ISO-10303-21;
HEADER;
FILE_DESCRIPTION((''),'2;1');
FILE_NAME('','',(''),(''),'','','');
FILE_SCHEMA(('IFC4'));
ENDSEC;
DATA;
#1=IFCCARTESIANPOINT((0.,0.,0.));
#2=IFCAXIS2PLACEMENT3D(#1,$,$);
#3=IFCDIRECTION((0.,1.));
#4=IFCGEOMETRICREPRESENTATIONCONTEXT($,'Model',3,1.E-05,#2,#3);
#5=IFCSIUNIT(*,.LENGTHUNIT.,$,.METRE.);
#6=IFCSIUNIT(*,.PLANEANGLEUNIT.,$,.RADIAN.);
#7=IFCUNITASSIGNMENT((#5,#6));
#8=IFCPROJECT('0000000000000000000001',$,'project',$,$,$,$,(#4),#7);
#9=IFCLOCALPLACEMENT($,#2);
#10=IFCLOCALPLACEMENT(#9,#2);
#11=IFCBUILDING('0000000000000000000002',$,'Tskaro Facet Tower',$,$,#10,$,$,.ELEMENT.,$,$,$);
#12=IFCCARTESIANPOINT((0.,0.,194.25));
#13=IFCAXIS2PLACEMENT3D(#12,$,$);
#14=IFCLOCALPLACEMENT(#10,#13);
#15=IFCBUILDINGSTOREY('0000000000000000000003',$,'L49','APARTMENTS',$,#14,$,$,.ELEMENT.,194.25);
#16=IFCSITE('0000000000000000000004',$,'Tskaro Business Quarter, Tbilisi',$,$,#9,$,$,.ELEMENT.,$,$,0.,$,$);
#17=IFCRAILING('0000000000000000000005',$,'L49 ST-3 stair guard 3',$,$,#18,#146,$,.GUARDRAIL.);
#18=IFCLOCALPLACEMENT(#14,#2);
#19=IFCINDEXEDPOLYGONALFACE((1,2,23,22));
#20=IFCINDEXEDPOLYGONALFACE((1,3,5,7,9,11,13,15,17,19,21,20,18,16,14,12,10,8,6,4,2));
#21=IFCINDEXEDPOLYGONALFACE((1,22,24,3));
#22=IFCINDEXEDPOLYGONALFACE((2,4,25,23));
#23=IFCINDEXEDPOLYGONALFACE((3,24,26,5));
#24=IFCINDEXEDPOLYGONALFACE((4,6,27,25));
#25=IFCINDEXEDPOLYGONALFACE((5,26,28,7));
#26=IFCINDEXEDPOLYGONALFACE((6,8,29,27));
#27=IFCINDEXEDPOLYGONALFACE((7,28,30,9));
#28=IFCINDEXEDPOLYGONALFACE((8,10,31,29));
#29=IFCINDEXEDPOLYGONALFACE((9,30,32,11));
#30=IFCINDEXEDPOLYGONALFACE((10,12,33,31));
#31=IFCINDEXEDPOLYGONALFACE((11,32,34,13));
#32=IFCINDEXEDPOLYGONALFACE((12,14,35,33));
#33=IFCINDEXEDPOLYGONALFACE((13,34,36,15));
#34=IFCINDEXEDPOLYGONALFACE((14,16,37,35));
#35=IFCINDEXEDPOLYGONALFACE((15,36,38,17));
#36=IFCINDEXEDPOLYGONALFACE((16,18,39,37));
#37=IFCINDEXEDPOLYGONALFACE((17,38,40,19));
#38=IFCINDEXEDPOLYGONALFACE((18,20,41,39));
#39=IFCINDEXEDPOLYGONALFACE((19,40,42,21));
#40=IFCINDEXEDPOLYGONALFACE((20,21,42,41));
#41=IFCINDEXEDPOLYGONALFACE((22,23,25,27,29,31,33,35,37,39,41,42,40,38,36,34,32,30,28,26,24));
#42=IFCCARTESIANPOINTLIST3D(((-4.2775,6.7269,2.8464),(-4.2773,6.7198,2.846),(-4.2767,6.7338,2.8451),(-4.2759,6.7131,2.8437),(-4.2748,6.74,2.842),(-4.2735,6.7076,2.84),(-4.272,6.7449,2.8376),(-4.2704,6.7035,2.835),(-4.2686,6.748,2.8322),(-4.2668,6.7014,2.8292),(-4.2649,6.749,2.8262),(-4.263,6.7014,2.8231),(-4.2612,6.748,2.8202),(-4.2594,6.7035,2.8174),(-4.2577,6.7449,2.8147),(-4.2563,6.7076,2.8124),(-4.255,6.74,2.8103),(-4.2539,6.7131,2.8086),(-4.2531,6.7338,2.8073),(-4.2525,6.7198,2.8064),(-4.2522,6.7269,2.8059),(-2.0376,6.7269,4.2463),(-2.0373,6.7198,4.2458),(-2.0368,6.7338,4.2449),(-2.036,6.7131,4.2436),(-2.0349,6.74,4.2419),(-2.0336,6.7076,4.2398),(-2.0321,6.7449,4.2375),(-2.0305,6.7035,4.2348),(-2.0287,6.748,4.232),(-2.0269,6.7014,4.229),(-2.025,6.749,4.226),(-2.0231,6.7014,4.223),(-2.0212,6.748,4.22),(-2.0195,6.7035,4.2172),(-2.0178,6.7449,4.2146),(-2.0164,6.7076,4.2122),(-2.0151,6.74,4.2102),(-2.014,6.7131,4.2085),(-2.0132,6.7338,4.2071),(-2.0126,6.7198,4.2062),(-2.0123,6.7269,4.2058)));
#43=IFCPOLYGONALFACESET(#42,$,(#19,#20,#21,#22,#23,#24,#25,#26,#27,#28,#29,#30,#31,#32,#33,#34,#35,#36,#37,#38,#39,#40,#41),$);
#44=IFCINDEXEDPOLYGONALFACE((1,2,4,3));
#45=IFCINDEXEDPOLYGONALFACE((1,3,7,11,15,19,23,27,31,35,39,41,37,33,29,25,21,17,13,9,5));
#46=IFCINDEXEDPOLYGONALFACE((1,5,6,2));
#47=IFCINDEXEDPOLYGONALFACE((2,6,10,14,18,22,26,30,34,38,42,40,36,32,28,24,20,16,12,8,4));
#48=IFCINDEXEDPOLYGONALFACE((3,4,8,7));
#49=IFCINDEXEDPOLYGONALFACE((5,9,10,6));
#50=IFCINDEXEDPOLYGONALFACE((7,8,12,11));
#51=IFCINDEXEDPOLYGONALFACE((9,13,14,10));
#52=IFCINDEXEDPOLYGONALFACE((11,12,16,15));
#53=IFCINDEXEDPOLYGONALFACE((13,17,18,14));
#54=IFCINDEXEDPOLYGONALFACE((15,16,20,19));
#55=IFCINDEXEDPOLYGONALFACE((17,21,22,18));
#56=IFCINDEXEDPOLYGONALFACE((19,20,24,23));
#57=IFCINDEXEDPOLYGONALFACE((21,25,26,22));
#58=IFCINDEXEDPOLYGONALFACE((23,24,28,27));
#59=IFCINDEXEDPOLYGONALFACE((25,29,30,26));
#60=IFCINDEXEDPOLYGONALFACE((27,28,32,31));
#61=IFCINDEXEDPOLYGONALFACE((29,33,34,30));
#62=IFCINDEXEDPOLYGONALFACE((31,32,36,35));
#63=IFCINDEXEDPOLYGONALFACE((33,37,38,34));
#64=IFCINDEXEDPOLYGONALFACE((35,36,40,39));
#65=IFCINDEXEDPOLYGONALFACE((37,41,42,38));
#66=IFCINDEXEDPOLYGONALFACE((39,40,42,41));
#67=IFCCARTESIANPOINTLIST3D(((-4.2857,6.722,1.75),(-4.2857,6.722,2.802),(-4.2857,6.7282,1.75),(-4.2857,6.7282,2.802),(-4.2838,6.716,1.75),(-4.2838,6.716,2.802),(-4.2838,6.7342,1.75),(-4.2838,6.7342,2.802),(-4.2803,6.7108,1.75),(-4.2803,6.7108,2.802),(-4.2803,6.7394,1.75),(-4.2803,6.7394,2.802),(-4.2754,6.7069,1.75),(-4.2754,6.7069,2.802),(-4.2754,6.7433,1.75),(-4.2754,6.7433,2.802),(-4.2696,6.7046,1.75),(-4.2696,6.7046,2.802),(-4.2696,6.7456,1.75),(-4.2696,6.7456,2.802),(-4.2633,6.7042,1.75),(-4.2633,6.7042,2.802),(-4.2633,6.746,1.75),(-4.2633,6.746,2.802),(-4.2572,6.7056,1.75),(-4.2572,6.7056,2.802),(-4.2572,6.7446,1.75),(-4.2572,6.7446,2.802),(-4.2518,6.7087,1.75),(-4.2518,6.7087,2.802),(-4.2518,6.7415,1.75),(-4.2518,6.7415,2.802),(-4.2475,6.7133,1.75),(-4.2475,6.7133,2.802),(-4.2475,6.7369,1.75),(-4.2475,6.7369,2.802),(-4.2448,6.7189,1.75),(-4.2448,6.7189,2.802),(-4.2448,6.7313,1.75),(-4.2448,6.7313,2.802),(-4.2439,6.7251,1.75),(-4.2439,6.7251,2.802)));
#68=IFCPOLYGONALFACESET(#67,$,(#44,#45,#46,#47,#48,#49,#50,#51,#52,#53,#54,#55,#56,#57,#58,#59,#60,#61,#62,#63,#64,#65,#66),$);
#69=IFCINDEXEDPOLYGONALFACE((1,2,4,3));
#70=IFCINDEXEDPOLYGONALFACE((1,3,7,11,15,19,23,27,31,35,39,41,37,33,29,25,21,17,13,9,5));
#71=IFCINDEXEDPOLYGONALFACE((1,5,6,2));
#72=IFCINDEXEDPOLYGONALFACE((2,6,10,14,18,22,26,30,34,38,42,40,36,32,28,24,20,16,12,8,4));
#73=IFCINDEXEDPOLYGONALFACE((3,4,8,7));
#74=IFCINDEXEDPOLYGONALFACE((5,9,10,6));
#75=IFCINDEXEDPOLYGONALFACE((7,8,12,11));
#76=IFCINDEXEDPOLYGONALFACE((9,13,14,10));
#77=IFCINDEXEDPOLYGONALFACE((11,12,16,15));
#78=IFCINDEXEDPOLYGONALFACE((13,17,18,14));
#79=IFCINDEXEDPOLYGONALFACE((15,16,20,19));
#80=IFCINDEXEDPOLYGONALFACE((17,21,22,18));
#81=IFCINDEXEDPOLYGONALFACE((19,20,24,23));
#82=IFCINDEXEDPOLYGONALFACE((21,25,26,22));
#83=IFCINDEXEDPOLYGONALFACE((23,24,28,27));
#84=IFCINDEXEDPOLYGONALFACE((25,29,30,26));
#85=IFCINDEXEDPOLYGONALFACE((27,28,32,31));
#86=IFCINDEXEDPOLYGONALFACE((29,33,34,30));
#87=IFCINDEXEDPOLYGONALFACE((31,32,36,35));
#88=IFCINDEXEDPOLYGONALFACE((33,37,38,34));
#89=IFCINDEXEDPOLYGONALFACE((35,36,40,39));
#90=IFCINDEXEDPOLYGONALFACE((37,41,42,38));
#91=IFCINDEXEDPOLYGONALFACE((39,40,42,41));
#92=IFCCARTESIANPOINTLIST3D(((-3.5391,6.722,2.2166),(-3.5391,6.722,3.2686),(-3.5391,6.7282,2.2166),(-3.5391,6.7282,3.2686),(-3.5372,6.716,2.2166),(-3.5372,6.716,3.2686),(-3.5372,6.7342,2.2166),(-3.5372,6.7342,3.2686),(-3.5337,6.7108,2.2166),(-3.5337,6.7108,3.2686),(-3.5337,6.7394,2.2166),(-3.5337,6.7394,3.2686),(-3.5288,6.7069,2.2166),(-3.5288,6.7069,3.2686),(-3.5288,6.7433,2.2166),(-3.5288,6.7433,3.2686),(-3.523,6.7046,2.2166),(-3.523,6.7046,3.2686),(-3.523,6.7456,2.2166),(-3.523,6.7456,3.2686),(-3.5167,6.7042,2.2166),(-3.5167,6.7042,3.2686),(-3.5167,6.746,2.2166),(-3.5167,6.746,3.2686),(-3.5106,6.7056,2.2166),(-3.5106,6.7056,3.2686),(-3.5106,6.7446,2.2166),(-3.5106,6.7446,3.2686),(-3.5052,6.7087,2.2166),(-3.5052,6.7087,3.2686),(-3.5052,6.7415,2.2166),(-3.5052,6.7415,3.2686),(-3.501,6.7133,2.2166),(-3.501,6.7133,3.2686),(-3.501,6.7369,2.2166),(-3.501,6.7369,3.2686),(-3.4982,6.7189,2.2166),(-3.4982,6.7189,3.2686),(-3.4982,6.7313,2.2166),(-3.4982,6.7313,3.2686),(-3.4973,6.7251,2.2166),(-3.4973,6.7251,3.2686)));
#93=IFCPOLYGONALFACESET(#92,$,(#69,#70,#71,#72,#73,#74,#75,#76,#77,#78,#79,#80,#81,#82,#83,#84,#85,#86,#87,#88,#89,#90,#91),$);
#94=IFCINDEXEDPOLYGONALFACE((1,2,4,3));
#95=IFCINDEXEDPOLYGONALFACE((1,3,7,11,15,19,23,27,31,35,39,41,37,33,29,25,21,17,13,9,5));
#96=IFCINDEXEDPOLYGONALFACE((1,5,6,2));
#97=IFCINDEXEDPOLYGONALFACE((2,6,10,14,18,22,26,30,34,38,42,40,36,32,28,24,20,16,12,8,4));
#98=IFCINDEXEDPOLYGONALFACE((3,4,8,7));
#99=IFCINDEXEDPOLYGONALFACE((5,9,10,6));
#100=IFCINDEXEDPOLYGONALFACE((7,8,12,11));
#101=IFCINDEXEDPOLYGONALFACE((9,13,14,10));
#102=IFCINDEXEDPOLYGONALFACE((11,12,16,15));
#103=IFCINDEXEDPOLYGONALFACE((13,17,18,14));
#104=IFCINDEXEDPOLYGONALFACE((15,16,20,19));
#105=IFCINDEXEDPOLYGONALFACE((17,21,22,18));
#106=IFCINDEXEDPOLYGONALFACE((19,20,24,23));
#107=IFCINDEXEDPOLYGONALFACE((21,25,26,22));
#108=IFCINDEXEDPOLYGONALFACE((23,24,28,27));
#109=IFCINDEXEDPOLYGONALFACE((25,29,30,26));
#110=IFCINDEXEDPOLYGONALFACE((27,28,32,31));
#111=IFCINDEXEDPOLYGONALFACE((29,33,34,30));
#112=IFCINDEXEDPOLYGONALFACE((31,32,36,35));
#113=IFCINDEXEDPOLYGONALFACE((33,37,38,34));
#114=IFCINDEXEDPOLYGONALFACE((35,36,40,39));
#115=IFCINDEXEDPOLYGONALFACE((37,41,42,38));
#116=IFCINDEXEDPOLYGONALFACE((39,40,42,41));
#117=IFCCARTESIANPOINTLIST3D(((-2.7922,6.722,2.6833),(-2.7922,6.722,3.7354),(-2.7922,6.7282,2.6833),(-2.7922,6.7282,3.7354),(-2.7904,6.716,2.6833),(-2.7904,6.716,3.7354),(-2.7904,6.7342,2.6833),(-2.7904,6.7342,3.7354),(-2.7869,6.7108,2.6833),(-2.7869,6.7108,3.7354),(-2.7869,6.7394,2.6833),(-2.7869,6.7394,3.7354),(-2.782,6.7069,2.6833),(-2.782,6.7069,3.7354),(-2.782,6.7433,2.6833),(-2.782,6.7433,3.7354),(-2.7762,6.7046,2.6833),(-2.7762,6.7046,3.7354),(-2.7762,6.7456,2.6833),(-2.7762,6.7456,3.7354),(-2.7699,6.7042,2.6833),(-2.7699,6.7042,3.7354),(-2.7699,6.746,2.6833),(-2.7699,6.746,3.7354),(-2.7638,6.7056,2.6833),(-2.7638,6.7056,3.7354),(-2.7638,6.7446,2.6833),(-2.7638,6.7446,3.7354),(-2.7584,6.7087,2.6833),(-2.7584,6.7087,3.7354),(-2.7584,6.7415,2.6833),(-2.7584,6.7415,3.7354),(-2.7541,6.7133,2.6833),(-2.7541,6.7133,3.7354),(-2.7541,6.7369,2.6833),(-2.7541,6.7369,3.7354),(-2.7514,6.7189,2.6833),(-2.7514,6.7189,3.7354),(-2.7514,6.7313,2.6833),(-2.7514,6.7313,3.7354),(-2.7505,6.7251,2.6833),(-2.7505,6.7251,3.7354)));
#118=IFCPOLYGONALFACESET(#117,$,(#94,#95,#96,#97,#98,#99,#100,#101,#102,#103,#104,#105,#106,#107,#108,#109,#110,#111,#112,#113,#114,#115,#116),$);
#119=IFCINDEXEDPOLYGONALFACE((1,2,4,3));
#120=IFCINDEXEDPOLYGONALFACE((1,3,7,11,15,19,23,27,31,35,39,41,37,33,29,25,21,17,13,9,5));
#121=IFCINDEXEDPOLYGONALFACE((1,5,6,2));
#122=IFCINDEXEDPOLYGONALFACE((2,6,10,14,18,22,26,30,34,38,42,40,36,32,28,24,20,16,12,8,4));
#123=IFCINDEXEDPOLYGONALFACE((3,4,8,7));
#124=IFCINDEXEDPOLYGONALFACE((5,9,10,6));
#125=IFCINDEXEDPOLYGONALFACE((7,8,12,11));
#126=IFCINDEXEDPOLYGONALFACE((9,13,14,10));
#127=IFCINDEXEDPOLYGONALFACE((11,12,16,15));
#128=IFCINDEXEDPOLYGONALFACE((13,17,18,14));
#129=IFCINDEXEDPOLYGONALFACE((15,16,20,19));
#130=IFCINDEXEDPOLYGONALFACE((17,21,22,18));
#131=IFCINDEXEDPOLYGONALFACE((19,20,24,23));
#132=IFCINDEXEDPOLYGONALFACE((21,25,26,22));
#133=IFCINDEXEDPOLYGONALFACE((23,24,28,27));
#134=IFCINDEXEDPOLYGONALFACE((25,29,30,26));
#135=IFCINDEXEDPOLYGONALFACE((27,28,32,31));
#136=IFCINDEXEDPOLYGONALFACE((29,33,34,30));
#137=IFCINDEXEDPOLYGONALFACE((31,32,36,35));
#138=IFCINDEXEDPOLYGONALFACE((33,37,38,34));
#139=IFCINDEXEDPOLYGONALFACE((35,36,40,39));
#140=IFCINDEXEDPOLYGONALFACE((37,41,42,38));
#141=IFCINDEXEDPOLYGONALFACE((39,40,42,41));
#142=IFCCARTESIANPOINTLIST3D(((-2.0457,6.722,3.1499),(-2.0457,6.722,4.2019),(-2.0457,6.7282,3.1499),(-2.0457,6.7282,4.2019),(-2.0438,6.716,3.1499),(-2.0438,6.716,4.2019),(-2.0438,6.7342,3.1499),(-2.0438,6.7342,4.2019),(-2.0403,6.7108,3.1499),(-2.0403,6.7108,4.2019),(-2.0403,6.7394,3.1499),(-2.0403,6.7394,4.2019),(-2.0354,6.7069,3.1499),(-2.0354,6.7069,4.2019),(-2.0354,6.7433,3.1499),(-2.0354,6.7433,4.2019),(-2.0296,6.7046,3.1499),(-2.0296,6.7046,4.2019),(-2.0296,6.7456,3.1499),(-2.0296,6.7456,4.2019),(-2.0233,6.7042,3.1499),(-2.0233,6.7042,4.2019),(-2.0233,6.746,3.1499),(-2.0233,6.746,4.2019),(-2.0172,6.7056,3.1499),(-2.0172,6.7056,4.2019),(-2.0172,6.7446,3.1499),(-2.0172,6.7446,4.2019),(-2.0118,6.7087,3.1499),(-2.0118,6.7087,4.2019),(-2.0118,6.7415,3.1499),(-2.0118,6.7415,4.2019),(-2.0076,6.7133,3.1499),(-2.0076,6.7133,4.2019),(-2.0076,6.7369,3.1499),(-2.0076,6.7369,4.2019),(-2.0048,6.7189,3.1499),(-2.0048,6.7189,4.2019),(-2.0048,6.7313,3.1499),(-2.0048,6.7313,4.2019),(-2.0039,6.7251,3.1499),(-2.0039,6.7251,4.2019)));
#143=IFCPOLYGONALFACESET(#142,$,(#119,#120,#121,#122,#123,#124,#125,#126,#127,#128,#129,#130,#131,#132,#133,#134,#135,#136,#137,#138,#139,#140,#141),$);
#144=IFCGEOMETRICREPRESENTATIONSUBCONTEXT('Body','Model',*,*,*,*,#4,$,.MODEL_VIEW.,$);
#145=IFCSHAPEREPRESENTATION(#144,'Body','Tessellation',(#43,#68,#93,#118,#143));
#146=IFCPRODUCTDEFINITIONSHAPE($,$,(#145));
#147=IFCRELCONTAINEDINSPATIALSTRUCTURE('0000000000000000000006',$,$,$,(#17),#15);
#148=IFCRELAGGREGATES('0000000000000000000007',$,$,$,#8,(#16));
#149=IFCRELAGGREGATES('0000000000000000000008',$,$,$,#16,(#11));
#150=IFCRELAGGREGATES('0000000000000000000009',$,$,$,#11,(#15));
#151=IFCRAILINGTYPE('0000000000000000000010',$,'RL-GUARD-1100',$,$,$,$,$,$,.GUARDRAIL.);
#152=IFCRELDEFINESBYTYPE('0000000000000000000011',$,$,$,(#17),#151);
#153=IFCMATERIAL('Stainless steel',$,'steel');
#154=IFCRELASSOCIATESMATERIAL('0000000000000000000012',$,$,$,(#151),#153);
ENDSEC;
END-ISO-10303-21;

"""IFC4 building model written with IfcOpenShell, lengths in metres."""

from ifc_helpers import new_model, si_unit, direction, frame, origin, origin_2d, place, context, subcontext, project, spatial, circle, extrude, material, type_object, element, save


model = new_model("IFC4")

# Units and contexts
model_context = context("Model", 3, precision=1e-05, world=origin(), true_north=direction((0.0, 1.0)))
body_context = subcontext(model_context, "Body", "Model", "MODEL_VIEW")
ifc_project = project(units=[si_unit("LENGTHUNIT", "METRE"), si_unit("PLANEANGLEUNIT", "RADIAN")], contexts=[model_context])

# Site, building, storey
site_placement = place(None, origin())
site = spatial("IfcSite", under=ifc_project, at=site_placement, Name="Tskaro Business Quarter, Tbilisi", CompositionType="ELEMENT", RefElevation=0.0)
building_placement = place(site_placement, origin())
building = spatial("IfcBuilding", under=site, at=building_placement, Name="Tskaro Facet Tower", CompositionType="ELEMENT")
storey_placement = place(building_placement, frame((0.0, 0.0, 194.25)))
storey = spatial("IfcBuildingStorey", under=building, at=storey_placement, Name="L49", Description="APARTMENTS", CompositionType="ELEMENT", Elevation=194.25)

# Railing
ifc_material_1 = material(Name="Stainless steel", Category="steel")
railing_type_1 = type_object("IfcRailingType", Name="RL-GUARD-1100", PredefinedType="GUARDRAIL", material=ifc_material_1)
railing_1_placement = place(storey_placement, frame((-4.2649, 6.7251, 1.75)))
element("IfcRailing", 1, at=railing_1_placement, inside=storey, type_object=railing_type_1, Name="L49 ST-3 stair guard 3", PredefinedType="GUARDRAIL", context=body_context, shape_type="SweptSolid", body=[
    extrude(circle(Radius=0.0239, at=origin_2d()), frame((0.0, 0.0, 1.0762), z_axis=(0.848014, 0.0, 0.529974), x_axis=(0.0, 1.0, 0.0)), (0.0, 0.0, 1.0), 2.6414),
    extrude(circle(Radius=0.021, at=origin_2d()), origin(), (0.0, 0.0, 1.0), 1.052),
    extrude(circle(Radius=0.021, at=origin_2d()), frame((0.7466, 0.0, 0.4666)), (0.0, 0.0, 1.0), 1.052),
    extrude(circle(Radius=0.021, at=origin_2d()), frame((1.4934, 0.0, 0.9333)), (0.0, 0.0, 1.0), 1.052),
    extrude(circle(Radius=0.021, at=origin_2d()), frame((2.24, 0.0, 1.3999)), (0.0, 0.0, 1.0), 1.052),
])

save(model, "model.ifc")
